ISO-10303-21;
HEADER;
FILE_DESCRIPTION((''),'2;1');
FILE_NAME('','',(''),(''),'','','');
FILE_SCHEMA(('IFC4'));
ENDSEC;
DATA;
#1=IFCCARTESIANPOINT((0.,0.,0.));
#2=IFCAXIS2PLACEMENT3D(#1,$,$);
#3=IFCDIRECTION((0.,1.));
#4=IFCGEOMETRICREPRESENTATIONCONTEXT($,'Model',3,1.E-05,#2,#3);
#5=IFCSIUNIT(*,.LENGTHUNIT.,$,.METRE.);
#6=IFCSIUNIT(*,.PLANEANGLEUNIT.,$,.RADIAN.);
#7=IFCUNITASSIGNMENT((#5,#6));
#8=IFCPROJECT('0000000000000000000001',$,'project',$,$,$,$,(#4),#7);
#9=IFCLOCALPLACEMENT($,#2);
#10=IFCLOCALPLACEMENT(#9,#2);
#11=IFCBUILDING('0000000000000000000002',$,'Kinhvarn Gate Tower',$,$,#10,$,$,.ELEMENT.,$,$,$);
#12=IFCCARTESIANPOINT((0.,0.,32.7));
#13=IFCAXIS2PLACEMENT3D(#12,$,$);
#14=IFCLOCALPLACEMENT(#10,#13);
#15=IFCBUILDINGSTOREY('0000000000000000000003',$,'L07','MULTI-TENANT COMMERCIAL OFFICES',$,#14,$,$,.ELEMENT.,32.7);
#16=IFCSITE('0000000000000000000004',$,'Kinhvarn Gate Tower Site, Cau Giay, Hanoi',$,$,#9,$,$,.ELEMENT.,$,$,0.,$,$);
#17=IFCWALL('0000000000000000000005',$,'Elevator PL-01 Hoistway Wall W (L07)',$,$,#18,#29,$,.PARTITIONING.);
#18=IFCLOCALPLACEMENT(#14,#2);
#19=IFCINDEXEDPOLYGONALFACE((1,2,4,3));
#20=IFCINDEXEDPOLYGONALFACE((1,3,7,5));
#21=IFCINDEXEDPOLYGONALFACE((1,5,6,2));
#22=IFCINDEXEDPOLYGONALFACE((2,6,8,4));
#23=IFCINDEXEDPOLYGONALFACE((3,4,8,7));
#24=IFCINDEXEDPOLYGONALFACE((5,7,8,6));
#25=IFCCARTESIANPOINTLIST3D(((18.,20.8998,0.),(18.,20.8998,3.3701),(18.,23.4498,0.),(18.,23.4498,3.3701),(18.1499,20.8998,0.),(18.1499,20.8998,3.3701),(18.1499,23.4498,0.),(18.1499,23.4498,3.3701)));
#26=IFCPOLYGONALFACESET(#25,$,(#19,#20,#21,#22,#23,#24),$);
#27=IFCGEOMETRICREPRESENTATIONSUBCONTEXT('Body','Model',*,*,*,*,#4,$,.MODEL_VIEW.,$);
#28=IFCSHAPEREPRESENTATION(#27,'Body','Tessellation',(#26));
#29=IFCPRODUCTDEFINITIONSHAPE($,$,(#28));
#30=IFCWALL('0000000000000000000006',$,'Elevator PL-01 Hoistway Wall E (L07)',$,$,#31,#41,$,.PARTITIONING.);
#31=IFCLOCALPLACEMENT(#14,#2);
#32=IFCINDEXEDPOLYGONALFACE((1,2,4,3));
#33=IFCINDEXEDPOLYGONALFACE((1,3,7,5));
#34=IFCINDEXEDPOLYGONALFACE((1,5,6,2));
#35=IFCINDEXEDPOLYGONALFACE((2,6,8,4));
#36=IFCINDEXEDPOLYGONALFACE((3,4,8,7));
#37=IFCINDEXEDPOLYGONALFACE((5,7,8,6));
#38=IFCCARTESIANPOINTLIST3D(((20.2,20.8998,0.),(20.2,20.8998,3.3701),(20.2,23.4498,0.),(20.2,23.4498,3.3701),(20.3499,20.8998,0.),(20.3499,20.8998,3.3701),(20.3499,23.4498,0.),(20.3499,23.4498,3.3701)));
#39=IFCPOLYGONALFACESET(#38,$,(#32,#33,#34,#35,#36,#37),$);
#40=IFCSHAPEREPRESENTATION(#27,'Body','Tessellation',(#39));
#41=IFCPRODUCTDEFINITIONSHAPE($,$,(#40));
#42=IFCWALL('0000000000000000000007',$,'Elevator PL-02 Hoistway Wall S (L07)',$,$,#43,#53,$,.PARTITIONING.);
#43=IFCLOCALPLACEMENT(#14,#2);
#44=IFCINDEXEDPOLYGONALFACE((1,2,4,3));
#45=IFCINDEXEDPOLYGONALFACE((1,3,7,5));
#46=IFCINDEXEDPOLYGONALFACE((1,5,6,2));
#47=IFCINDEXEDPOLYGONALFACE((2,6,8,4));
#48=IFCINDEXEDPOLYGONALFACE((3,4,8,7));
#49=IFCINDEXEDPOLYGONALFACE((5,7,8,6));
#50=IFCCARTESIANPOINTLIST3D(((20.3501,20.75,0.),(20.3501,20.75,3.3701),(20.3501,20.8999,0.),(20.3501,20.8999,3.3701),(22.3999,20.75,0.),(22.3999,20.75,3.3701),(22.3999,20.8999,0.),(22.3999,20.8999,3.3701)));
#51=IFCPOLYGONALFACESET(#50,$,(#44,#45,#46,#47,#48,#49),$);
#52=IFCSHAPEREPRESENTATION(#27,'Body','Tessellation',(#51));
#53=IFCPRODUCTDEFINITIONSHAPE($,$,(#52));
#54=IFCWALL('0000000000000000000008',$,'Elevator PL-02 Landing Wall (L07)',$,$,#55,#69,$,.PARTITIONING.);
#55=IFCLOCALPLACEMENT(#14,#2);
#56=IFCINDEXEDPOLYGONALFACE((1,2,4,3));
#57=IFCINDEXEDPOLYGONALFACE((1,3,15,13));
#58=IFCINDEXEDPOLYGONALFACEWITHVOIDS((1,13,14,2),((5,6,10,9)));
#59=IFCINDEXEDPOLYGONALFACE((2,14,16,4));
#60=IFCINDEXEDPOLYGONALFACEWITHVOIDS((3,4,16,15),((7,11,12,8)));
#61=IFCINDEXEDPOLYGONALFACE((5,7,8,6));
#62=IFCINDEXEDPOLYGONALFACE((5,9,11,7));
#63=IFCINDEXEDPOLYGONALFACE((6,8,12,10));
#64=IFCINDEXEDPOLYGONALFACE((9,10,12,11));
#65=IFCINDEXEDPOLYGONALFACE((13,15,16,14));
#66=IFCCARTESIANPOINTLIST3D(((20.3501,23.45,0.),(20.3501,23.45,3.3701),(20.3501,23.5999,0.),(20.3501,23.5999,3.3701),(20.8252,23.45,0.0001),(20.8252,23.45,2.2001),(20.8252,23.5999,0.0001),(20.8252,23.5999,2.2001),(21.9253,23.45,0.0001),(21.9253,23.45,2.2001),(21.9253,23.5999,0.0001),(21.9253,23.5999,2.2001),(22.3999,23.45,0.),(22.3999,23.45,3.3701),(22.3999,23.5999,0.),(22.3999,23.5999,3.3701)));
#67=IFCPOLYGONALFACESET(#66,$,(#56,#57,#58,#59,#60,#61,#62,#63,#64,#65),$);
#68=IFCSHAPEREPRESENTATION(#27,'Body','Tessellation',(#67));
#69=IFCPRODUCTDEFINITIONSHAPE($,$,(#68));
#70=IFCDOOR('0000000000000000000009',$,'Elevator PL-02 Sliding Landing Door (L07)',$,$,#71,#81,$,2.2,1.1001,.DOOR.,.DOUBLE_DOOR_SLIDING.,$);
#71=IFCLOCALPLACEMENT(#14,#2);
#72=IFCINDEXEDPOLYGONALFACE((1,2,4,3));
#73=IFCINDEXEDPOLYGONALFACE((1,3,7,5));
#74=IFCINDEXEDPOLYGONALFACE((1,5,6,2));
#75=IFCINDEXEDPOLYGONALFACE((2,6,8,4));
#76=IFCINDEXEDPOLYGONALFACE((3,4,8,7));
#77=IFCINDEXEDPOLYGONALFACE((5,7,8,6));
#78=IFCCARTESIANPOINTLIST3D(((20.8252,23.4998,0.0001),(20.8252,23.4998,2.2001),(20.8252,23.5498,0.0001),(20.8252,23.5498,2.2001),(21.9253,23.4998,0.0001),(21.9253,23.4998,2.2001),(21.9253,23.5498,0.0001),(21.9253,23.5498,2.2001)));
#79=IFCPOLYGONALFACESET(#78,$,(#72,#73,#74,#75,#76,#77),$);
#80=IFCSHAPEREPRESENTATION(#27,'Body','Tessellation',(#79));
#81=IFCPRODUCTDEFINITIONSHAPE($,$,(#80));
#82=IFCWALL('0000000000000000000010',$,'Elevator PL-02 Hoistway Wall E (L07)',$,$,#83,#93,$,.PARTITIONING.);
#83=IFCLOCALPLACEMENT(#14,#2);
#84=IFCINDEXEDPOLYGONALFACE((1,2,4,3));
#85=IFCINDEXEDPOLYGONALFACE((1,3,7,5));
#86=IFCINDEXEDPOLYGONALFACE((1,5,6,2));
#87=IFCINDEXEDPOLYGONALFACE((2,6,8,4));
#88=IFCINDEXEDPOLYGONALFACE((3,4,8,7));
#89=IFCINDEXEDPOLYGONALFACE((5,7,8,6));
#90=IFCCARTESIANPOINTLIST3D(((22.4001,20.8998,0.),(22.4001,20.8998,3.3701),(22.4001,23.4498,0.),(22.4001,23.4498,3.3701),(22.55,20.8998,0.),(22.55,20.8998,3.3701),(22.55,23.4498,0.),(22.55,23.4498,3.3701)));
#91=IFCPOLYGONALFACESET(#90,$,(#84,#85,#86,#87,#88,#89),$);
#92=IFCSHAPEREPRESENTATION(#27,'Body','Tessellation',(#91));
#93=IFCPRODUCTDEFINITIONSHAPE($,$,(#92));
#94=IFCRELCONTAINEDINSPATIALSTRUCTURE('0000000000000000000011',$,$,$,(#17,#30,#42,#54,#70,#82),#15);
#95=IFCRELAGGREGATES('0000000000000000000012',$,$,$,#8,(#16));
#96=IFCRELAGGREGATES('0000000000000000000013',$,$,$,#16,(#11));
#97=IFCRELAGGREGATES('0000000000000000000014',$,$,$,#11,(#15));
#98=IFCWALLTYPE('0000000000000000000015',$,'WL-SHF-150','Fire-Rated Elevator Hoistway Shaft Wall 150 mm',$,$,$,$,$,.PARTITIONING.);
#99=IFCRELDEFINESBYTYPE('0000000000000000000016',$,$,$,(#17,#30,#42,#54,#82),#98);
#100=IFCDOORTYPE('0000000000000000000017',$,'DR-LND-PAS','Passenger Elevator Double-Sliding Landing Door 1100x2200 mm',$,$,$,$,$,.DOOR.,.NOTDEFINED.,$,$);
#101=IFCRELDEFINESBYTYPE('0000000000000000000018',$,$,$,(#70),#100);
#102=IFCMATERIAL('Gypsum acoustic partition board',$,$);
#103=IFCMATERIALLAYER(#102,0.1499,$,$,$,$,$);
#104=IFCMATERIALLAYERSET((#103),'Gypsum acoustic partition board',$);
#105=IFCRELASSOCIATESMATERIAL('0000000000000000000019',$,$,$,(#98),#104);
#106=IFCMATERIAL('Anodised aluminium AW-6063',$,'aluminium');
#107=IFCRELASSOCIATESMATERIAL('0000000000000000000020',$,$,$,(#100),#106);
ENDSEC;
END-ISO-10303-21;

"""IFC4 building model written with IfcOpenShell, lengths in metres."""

from ifc_helpers import new_model, si_unit, direction, frame, frame_2d, origin, place, context, subcontext, project, spatial, rectangle, extrude, material, layer, layer_set, type_object, element, fill, save


model = new_model("IFC4")

# Units and contexts
model_context = context("Model", 3, precision=1e-05, world=origin(), true_north=direction((0.0, 1.0)))
body_context = subcontext(model_context, "Body", "Model", "MODEL_VIEW")
ifc_project = project(units=[si_unit("LENGTHUNIT", "METRE"), si_unit("PLANEANGLEUNIT", "RADIAN")], contexts=[model_context])

# Site, building, storey
site_placement = place(None, origin())
site = spatial("IfcSite", under=ifc_project, at=site_placement, Name="Kinhvarn Gate Tower Site, Cau Giay, Hanoi", CompositionType="ELEMENT", RefElevation=0.0)
building_placement = place(site_placement, origin())
building = spatial("IfcBuilding", under=site, at=building_placement, Name="Kinhvarn Gate Tower", CompositionType="ELEMENT")
storey_placement = place(building_placement, frame((0.0, 0.0, 32.7)))
storey = spatial("IfcBuildingStorey", under=building, at=storey_placement, Name="L07", Description="MULTI-TENANT COMMERCIAL OFFICES", CompositionType="ELEMENT", Elevation=32.7)

# Shared definitions
ifc_material_1 = material(Name="Gypsum acoustic partition board")
ifc_layer = layer(ifc_material_1, 0.1499)
ifc_layer_set = layer_set([ifc_layer], Name="Gypsum acoustic partition board")
wall_type = type_object("IfcWallType", Name="WL-SHF-150", Description="Fire-Rated Elevator Hoistway Shaft Wall 150 mm", PredefinedType="PARTITIONING", material=ifc_layer_set)

# Shared definitions
ifc_material_2 = material(Name="Anodised aluminium AW-6063", Category="aluminium")
door_type = type_object("IfcDoorType", Name="DR-LND-PAS", Description="Passenger Elevator Double-Sliding Landing Door 1100x2200 mm", OperationType="NOTDEFINED", PredefinedType="DOOR", material=ifc_material_2)

# Walls
for number, where, z_axis, x_axis, name in (
    (1, (18.075, 20.8999, 0.0), (0.0, 0.0, 1.0), (0.0, 1.0, 0.0), "Elevator PL-01 Hoistway Wall W (L07)"),
    (2, (20.2749, 20.8999, 0.0), (0.0, 0.0, 1.0), (0.0, 1.0, 0.0), "Elevator PL-01 Hoistway Wall E (L07)"),
):
    element("IfcWall", number, at=place(storey_placement, frame(where, z_axis=z_axis, x_axis=x_axis)), inside=storey, type_object=wall_type, Name=name, PredefinedType="PARTITIONING", context=body_context, shape_type="SweptSolid", body=[
        extrude(rectangle(XDim=2.55, YDim=0.1499, at=frame_2d((1.2749, 0.0))), origin(), (0.0, 0.0, 1.0), 3.3701),
    ])
wall_1_placement = place(storey_placement, frame((20.3501, 20.825, 0.0), z_axis=(0.0, 0.0, 1.0), x_axis=(1.0, 0.0, 0.0)))
element("IfcWall", 3, at=wall_1_placement, inside=storey, type_object=wall_type, Name="Elevator PL-02 Hoistway Wall S (L07)", PredefinedType="PARTITIONING", context=body_context, shape_type="SweptSolid", body=[
    extrude(rectangle(XDim=2.0498, YDim=0.1499, at=frame_2d((1.0249, 0.0))), origin(), (0.0, 0.0, 1.0), 3.3701),
])

# Wall, opening, door
wall_2_placement = place(storey_placement, frame((20.3501, 23.5249, 0.0), z_axis=(0.0, 0.0, 1.0), x_axis=(1.0, 0.0, 0.0)))
wall_2 = element("IfcWall", 4, at=wall_2_placement, inside=storey, type_object=wall_type, Name="Elevator PL-02 Landing Wall (L07)", PredefinedType="PARTITIONING", context=body_context, shape_type="SweptSolid", body=[
    extrude(rectangle(XDim=2.0498, YDim=0.1499, at=frame_2d((1.0249, 0.0))), origin(), (0.0, 0.0, 1.0), 3.3701),
])
opening_1_placement = place(wall_2_placement, frame((0.4751, 0.0, 0.0)))
opening_1 = element("IfcOpeningElement", 5, at=opening_1_placement, cuts=wall_2, PredefinedType="OPENING", context=body_context, shape_type="SweptSolid", body=[
    extrude(rectangle(XDim=1.1001, YDim=2.2, at=frame_2d((0.55, 1.1001))), frame((0.0, 0.085, 0.0), z_axis=(0.0, -1.0, 0.0), x_axis=(1.0, 0.0, 0.0)), (0.0, 0.0, 1.0), 0.1699),
])
door_1_placement = place(opening_1_placement, origin())
door_1 = element("IfcDoor", 6, at=door_1_placement, inside=storey, type_object=door_type, Name="Elevator PL-02 Sliding Landing Door (L07)", OperationType="DOUBLE_DOOR_SLIDING", OverallHeight=2.2, OverallWidth=1.1001, PredefinedType="DOOR", context=body_context, shape_type="SweptSolid", body=[
    extrude(rectangle(XDim=1.1001, YDim=2.2, at=frame_2d((0.55, 1.1001))), frame((0.0, 0.0249, 0.0), z_axis=(0.0, -1.0, 0.0), x_axis=(1.0, 0.0, 0.0)), (0.0, 0.0, 1.0), 0.05),
])
fill(opening_1, door_1)

# Wall
wall_3_placement = place(storey_placement, frame((22.4751, 20.8999, 0.0), z_axis=(0.0, 0.0, 1.0), x_axis=(0.0, 1.0, 0.0)))
element("IfcWall", 7, at=wall_3_placement, inside=storey, type_object=wall_type, Name="Elevator PL-02 Hoistway Wall E (L07)", PredefinedType="PARTITIONING", context=body_context, shape_type="SweptSolid", body=[
    extrude(rectangle(XDim=2.55, YDim=0.1499, at=frame_2d((1.2749, 0.0))), origin(), (0.0, 0.0, 1.0), 3.3701),
])

save(model, "model.ifc")
